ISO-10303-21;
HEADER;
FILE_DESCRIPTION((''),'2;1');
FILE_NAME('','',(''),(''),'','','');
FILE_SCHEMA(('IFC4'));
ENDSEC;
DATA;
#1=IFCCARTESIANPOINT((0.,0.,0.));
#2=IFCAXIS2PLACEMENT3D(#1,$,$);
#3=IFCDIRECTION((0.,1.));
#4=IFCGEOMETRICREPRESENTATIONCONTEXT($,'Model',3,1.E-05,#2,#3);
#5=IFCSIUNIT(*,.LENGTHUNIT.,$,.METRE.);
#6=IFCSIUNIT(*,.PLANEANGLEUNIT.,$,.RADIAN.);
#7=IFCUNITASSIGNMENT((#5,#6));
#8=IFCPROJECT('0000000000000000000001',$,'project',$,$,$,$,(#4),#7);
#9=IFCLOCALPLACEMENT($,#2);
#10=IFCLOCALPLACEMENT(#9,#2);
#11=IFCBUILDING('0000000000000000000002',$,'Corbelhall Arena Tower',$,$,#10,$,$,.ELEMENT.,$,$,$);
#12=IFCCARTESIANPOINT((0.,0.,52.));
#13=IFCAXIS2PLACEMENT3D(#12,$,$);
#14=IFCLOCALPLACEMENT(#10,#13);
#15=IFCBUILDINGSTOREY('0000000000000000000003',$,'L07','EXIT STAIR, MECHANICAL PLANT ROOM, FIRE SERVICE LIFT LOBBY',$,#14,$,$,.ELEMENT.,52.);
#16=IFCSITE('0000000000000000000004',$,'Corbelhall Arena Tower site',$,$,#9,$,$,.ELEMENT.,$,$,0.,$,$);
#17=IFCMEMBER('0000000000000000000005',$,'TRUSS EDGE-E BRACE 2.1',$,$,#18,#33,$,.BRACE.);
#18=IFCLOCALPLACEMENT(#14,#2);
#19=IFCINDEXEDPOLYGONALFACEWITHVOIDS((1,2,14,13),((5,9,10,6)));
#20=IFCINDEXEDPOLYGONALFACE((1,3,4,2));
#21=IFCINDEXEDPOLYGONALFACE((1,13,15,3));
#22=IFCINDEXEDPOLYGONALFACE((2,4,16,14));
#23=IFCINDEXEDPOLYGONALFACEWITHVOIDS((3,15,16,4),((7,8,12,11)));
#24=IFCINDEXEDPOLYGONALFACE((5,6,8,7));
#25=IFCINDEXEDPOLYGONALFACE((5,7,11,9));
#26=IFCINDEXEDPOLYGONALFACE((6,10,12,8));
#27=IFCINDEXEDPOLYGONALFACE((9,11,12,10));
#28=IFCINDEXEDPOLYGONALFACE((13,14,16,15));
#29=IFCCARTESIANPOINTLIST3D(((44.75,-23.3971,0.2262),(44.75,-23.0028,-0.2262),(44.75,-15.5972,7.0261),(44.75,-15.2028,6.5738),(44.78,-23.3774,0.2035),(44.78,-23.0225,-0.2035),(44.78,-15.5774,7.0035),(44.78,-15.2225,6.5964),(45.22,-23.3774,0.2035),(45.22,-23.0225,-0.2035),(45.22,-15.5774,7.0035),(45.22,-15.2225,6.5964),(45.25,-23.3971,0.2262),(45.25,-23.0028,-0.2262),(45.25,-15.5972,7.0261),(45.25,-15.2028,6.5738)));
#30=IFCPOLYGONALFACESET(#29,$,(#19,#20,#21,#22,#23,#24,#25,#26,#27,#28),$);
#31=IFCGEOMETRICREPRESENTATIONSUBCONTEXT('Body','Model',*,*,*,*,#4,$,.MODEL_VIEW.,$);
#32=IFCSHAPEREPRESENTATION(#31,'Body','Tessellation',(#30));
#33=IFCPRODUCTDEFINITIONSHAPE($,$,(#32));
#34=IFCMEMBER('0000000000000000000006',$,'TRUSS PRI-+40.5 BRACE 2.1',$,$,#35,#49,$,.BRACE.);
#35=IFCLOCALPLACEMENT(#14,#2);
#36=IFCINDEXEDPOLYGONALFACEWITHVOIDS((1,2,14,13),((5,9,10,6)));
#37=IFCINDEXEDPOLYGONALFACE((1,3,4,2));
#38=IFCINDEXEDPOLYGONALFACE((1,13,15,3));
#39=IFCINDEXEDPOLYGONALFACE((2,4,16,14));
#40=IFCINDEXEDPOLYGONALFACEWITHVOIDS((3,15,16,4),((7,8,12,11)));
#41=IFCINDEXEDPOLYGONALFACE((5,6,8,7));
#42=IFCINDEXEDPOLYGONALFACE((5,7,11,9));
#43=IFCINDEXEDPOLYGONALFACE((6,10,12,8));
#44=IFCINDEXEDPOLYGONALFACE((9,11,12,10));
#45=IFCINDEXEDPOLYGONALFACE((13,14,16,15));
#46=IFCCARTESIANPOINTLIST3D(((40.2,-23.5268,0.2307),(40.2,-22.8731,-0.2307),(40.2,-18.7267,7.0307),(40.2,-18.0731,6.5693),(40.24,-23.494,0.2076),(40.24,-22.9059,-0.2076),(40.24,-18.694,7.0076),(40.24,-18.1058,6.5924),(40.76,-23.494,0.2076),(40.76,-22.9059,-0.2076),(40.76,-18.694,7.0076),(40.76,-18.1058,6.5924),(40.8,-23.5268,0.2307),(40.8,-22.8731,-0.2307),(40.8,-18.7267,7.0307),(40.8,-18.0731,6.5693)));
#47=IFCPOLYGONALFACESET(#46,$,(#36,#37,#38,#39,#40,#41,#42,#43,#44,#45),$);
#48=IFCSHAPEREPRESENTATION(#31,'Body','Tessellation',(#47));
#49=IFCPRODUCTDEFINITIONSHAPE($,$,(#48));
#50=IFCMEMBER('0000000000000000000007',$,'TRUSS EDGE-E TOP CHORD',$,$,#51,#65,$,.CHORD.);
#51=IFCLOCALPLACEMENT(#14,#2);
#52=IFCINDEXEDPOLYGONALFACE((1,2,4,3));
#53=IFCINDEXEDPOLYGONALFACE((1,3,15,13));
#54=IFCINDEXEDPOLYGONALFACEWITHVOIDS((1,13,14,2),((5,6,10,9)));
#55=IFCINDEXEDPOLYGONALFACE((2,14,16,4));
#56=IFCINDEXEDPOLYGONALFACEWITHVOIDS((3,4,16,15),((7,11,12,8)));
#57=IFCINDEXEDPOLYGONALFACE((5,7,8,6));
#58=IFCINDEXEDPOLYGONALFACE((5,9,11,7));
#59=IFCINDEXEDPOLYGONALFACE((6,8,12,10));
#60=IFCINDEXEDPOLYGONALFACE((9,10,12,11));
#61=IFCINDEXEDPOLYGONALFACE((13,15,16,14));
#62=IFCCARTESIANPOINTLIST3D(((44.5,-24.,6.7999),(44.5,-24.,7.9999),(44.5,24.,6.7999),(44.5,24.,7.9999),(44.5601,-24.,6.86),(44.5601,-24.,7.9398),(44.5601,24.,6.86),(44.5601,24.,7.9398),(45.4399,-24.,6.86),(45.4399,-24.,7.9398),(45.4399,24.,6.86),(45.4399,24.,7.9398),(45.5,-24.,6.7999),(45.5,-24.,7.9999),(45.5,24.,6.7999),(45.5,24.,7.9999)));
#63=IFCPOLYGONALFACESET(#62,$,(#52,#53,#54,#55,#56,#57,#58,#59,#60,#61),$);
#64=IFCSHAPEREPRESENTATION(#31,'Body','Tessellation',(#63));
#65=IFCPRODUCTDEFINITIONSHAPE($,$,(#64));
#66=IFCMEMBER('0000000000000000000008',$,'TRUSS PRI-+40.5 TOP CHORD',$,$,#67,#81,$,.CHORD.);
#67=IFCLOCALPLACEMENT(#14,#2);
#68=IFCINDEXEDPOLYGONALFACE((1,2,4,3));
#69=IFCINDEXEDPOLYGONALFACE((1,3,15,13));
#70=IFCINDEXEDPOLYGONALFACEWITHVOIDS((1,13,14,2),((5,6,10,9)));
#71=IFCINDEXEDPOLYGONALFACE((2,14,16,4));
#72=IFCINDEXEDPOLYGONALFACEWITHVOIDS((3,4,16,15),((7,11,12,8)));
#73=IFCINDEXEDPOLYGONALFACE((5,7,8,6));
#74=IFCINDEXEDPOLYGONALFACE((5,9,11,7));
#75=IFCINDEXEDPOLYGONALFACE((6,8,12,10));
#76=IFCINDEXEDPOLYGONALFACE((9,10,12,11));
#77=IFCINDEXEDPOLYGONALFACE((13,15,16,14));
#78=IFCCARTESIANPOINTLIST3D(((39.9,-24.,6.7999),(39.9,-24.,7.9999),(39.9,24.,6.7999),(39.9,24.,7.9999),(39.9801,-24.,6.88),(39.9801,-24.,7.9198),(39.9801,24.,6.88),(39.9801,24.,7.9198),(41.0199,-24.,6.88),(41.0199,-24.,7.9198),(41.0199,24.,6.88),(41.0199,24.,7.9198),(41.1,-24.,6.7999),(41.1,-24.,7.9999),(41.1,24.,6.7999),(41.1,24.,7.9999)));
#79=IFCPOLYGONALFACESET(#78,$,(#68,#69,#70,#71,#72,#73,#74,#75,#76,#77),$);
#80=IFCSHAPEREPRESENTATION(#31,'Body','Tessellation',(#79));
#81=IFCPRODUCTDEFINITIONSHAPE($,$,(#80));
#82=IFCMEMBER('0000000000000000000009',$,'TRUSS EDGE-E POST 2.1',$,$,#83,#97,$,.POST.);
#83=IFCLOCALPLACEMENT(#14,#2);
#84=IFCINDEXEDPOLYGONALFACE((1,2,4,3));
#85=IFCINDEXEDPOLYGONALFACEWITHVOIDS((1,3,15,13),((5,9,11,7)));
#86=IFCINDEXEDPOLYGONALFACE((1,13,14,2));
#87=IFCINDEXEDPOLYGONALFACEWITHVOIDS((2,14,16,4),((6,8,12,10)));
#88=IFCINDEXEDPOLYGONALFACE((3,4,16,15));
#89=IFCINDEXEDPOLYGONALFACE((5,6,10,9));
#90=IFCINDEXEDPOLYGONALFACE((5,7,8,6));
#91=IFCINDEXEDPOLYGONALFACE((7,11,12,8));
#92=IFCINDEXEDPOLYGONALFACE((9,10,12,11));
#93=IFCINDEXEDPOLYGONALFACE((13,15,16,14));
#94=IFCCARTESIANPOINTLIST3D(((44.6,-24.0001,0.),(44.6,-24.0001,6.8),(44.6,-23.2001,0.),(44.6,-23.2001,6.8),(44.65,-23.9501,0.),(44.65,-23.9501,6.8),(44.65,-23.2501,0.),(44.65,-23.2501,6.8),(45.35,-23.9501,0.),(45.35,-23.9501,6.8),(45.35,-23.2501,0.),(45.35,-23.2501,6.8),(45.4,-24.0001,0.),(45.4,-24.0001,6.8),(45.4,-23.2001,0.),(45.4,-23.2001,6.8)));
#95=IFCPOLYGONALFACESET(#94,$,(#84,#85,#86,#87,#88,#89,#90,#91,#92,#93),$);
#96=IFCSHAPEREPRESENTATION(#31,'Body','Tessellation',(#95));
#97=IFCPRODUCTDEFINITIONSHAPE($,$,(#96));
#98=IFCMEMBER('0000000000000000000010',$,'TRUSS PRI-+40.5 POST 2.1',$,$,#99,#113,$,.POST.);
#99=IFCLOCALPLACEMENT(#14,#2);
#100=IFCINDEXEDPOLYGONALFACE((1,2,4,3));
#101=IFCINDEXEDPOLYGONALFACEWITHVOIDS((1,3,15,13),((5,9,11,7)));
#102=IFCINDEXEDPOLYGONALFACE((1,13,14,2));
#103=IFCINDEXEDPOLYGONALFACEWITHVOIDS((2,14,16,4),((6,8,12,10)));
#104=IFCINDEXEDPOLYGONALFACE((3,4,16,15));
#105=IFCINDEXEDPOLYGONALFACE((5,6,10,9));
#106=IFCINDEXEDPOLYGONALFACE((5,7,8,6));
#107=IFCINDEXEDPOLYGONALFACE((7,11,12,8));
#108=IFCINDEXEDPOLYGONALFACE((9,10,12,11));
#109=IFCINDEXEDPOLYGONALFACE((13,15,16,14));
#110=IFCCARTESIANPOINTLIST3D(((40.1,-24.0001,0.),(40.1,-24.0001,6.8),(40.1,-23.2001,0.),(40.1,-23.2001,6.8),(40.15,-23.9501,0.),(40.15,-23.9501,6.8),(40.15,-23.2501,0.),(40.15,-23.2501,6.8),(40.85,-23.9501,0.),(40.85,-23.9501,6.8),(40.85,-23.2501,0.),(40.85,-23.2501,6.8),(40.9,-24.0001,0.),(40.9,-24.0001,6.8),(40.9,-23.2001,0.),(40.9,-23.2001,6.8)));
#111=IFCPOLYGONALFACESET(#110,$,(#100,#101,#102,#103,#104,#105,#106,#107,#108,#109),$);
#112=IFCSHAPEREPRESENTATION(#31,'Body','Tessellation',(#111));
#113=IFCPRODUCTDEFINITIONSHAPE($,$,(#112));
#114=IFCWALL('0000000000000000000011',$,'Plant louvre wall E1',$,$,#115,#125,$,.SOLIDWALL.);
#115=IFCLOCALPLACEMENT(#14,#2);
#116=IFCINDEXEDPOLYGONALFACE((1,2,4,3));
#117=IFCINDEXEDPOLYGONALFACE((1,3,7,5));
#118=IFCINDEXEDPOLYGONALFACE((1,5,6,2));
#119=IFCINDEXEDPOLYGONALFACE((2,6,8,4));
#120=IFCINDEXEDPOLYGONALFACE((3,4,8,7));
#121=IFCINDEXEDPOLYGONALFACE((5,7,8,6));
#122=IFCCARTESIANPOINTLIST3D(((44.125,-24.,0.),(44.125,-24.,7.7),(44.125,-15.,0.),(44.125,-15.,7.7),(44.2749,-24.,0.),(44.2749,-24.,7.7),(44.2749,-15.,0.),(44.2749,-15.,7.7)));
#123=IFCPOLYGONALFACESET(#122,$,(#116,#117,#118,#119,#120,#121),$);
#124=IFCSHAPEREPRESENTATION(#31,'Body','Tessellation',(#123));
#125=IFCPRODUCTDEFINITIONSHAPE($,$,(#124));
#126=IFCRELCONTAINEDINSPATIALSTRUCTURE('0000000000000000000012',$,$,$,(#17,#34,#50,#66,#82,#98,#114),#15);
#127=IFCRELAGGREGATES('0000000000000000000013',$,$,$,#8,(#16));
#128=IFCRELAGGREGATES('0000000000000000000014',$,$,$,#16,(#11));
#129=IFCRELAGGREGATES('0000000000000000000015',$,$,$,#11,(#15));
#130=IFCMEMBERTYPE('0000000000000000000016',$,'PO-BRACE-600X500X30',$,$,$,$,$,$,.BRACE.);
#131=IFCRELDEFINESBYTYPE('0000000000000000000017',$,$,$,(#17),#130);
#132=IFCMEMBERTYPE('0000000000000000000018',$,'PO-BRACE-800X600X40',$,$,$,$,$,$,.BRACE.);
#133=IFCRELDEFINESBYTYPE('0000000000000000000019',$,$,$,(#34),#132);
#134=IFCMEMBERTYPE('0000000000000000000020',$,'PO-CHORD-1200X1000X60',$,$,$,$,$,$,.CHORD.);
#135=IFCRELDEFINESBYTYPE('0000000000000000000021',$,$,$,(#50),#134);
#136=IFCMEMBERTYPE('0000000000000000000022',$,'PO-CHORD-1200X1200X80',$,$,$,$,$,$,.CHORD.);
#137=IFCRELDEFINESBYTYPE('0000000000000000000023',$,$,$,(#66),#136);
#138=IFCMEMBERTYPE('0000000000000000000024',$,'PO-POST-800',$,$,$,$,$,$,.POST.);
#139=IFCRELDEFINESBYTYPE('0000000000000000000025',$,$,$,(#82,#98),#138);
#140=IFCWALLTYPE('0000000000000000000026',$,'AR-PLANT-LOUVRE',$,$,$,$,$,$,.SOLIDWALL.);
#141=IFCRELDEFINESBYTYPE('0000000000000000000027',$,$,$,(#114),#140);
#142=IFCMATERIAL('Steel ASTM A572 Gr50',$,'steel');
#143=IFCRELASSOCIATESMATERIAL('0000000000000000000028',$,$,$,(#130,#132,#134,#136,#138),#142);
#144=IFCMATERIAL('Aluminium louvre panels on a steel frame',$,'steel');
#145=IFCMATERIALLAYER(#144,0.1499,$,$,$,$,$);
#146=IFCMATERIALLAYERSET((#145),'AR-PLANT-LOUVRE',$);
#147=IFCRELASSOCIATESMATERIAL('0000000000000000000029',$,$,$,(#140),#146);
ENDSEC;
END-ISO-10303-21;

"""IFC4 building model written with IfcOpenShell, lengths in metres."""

from ifc_helpers import new_model, si_unit, direction, frame, frame_2d, origin, origin_2d, place, context, subcontext, project, spatial, rectangle, hollow_rectangle, extrude, material, layer, layer_set, material_profile, profile_set, type_object, element, save


model = new_model("IFC4")

# Units and contexts
model_context = context("Model", 3, precision=1e-05, world=origin(), true_north=direction((0.0, 1.0)))
body_context = subcontext(model_context, "Body", "Model", "MODEL_VIEW")
ifc_project = project(units=[si_unit("LENGTHUNIT", "METRE"), si_unit("PLANEANGLEUNIT", "RADIAN")], contexts=[model_context])

# Site, building, storey
site_placement = place(None, origin())
site = spatial("IfcSite", under=ifc_project, at=site_placement, Name="Corbelhall Arena Tower site", CompositionType="ELEMENT", RefElevation=0.0)
building_placement = place(site_placement, origin())
building = spatial("IfcBuilding", under=site, at=building_placement, Name="Corbelhall Arena Tower", CompositionType="ELEMENT")
storey_placement = place(building_placement, frame((0.0, 0.0, 52.0)))
storey = spatial("IfcBuildingStorey", under=building, at=storey_placement, Name="L07", Description="EXIT STAIR, MECHANICAL PLANT ROOM, FIRE SERVICE LIFT LOBBY", CompositionType="ELEMENT", Elevation=52.0)

# Members
ifc_material_1 = material(Name="Steel ASTM A572 Gr50", Category="steel")
ifc_material_profile_1 = material_profile(ifc_material_1, hollow_rectangle(XDim=0.5, YDim=0.6001, WallThickness=0.03, at=origin_2d()))
ifc_profile_set_1 = profile_set([ifc_material_profile_1], Name="Steel ASTM A572 Gr50")
member_type_1 = type_object("IfcMemberType", Name="PO-BRACE-600X500X30", PredefinedType="BRACE", material=ifc_profile_set_1)
member_1_placement = place(storey_placement, frame((45.0, -23.2, 0.0), z_axis=(0.0, 0.753772, 0.657136), x_axis=(-1.0, 0.0, 0.0)))
element("IfcMember", 1, at=member_1_placement, inside=storey, type_object=member_type_1, Name="TRUSS EDGE-E BRACE 2.1", PredefinedType="BRACE", context=body_context, shape_type="SweptSolid", body=[
    extrude(hollow_rectangle(XDim=0.5, YDim=0.6001, WallThickness=0.03, at=origin_2d()), origin(), (0.0, 0.0, 1.0), 10.3479),
])
ifc_material_profile_2 = material_profile(ifc_material_1, hollow_rectangle(XDim=0.6001, YDim=0.8, WallThickness=0.04, at=origin_2d()))
ifc_profile_set_2 = profile_set([ifc_material_profile_2], Name="Steel ASTM A572 Gr50")
member_type_2 = type_object("IfcMemberType", Name="PO-BRACE-800X600X40", PredefinedType="BRACE", material=ifc_profile_set_2)
member_2_placement = place(storey_placement, frame((40.5, -23.2, 0.0), z_axis=(0.0, 0.576684, 0.816967), x_axis=(-1.0, 0.0, 0.0)))
element("IfcMember", 2, at=member_2_placement, inside=storey, type_object=member_type_2, Name="TRUSS PRI-+40.5 BRACE 2.1", PredefinedType="BRACE", context=body_context, shape_type="SweptSolid", body=[
    extrude(hollow_rectangle(XDim=0.6001, YDim=0.8, WallThickness=0.04, at=origin_2d()), origin(), (0.0, 0.0, 1.0), 8.3235),
])
ifc_material_profile_3 = material_profile(ifc_material_1, hollow_rectangle(XDim=1.0, YDim=1.2, WallThickness=0.0601, at=origin_2d()))
ifc_profile_set_3 = profile_set([ifc_material_profile_3], Name="Steel ASTM A572 Gr50")
member_type_3 = type_object("IfcMemberType", Name="PO-CHORD-1200X1000X60", PredefinedType="CHORD", material=ifc_profile_set_3)
member_3_placement = place(storey_placement, frame((45.0, -24.0, 7.3999), z_axis=(0.0, 1.0, 0.0), x_axis=(-1.0, 0.0, 0.0)))
element("IfcMember", 3, at=member_3_placement, inside=storey, type_object=member_type_3, Name="TRUSS EDGE-E TOP CHORD", PredefinedType="CHORD", context=body_context, shape_type="SweptSolid", body=[
    extrude(hollow_rectangle(XDim=1.0, YDim=1.2, WallThickness=0.0601, at=origin_2d()), origin(), (0.0, 0.0, 1.0), 48.0),
])
ifc_material_profile_4 = material_profile(ifc_material_1, hollow_rectangle(XDim=1.2, YDim=1.2, WallThickness=0.0801, at=origin_2d()))
ifc_profile_set_4 = profile_set([ifc_material_profile_4], Name="Steel ASTM A572 Gr50")
member_type_4 = type_object("IfcMemberType", Name="PO-CHORD-1200X1200X80", PredefinedType="CHORD", material=ifc_profile_set_4)
member_4_placement = place(storey_placement, frame((40.5, -24.0, 7.3999), z_axis=(0.0, 1.0, 0.0), x_axis=(-1.0, 0.0, 0.0)))
element("IfcMember", 4, at=member_4_placement, inside=storey, type_object=member_type_4, Name="TRUSS PRI-+40.5 TOP CHORD", PredefinedType="CHORD", context=body_context, shape_type="SweptSolid", body=[
    extrude(hollow_rectangle(XDim=1.2, YDim=1.2, WallThickness=0.0801, at=origin_2d()), origin(), (0.0, 0.0, 1.0), 48.0),
])
ifc_material_profile_5 = material_profile(ifc_material_1, hollow_rectangle(XDim=0.8, YDim=0.8, WallThickness=0.05, at=origin_2d()))
ifc_profile_set_5 = profile_set([ifc_material_profile_5], Name="Steel ASTM A572 Gr50")
member_type_5 = type_object("IfcMemberType", Name="PO-POST-800", PredefinedType="POST", material=ifc_profile_set_5)
for number, where, z_axis, x_axis, name in (
    (5, (45.0, -23.6001, 0.0), (0.0, 0.0, 1.0), (1.0, 0.0, 0.0), "TRUSS EDGE-E POST 2.1"),
    (6, (40.5, -23.6001, 0.0), (0.0, 0.0, 1.0), (1.0, 0.0, 0.0), "TRUSS PRI-+40.5 POST 2.1"),
):
    element("IfcMember", number, at=place(storey_placement, frame(where, z_axis=z_axis, x_axis=x_axis)), inside=storey, type_object=member_type_5, Name=name, PredefinedType="POST", context=body_context, shape_type="SweptSolid", body=[
        extrude(hollow_rectangle(XDim=0.8, YDim=0.8, WallThickness=0.05, at=origin_2d()), origin(), (0.0, 0.0, 1.0), 6.8),
    ])

# Wall
ifc_material_2 = material(Name="Aluminium louvre panels on a steel frame", Category="steel")
ifc_layer_1 = layer(ifc_material_2, 0.1499)
ifc_layer_set_1 = layer_set([ifc_layer_1], Name="AR-PLANT-LOUVRE")
wall_type_1 = type_object("IfcWallType", Name="AR-PLANT-LOUVRE", PredefinedType="SOLIDWALL", material=ifc_layer_set_1)
wall_1_placement = place(storey_placement, frame((44.2, -24.0, 0.0), z_axis=(0.0, 0.0, 1.0), x_axis=(0.0, 1.0, 0.0)))
element("IfcWall", 7, at=wall_1_placement, inside=storey, type_object=wall_type_1, Name="Plant louvre wall E1", PredefinedType="SOLIDWALL", context=body_context, shape_type="SweptSolid", body=[
    extrude(rectangle(XDim=9.0, YDim=0.1499, at=frame_2d((4.5, 0.0))), origin(), (0.0, 0.0, 1.0), 7.7),
])

save(model, "model.ifc")
